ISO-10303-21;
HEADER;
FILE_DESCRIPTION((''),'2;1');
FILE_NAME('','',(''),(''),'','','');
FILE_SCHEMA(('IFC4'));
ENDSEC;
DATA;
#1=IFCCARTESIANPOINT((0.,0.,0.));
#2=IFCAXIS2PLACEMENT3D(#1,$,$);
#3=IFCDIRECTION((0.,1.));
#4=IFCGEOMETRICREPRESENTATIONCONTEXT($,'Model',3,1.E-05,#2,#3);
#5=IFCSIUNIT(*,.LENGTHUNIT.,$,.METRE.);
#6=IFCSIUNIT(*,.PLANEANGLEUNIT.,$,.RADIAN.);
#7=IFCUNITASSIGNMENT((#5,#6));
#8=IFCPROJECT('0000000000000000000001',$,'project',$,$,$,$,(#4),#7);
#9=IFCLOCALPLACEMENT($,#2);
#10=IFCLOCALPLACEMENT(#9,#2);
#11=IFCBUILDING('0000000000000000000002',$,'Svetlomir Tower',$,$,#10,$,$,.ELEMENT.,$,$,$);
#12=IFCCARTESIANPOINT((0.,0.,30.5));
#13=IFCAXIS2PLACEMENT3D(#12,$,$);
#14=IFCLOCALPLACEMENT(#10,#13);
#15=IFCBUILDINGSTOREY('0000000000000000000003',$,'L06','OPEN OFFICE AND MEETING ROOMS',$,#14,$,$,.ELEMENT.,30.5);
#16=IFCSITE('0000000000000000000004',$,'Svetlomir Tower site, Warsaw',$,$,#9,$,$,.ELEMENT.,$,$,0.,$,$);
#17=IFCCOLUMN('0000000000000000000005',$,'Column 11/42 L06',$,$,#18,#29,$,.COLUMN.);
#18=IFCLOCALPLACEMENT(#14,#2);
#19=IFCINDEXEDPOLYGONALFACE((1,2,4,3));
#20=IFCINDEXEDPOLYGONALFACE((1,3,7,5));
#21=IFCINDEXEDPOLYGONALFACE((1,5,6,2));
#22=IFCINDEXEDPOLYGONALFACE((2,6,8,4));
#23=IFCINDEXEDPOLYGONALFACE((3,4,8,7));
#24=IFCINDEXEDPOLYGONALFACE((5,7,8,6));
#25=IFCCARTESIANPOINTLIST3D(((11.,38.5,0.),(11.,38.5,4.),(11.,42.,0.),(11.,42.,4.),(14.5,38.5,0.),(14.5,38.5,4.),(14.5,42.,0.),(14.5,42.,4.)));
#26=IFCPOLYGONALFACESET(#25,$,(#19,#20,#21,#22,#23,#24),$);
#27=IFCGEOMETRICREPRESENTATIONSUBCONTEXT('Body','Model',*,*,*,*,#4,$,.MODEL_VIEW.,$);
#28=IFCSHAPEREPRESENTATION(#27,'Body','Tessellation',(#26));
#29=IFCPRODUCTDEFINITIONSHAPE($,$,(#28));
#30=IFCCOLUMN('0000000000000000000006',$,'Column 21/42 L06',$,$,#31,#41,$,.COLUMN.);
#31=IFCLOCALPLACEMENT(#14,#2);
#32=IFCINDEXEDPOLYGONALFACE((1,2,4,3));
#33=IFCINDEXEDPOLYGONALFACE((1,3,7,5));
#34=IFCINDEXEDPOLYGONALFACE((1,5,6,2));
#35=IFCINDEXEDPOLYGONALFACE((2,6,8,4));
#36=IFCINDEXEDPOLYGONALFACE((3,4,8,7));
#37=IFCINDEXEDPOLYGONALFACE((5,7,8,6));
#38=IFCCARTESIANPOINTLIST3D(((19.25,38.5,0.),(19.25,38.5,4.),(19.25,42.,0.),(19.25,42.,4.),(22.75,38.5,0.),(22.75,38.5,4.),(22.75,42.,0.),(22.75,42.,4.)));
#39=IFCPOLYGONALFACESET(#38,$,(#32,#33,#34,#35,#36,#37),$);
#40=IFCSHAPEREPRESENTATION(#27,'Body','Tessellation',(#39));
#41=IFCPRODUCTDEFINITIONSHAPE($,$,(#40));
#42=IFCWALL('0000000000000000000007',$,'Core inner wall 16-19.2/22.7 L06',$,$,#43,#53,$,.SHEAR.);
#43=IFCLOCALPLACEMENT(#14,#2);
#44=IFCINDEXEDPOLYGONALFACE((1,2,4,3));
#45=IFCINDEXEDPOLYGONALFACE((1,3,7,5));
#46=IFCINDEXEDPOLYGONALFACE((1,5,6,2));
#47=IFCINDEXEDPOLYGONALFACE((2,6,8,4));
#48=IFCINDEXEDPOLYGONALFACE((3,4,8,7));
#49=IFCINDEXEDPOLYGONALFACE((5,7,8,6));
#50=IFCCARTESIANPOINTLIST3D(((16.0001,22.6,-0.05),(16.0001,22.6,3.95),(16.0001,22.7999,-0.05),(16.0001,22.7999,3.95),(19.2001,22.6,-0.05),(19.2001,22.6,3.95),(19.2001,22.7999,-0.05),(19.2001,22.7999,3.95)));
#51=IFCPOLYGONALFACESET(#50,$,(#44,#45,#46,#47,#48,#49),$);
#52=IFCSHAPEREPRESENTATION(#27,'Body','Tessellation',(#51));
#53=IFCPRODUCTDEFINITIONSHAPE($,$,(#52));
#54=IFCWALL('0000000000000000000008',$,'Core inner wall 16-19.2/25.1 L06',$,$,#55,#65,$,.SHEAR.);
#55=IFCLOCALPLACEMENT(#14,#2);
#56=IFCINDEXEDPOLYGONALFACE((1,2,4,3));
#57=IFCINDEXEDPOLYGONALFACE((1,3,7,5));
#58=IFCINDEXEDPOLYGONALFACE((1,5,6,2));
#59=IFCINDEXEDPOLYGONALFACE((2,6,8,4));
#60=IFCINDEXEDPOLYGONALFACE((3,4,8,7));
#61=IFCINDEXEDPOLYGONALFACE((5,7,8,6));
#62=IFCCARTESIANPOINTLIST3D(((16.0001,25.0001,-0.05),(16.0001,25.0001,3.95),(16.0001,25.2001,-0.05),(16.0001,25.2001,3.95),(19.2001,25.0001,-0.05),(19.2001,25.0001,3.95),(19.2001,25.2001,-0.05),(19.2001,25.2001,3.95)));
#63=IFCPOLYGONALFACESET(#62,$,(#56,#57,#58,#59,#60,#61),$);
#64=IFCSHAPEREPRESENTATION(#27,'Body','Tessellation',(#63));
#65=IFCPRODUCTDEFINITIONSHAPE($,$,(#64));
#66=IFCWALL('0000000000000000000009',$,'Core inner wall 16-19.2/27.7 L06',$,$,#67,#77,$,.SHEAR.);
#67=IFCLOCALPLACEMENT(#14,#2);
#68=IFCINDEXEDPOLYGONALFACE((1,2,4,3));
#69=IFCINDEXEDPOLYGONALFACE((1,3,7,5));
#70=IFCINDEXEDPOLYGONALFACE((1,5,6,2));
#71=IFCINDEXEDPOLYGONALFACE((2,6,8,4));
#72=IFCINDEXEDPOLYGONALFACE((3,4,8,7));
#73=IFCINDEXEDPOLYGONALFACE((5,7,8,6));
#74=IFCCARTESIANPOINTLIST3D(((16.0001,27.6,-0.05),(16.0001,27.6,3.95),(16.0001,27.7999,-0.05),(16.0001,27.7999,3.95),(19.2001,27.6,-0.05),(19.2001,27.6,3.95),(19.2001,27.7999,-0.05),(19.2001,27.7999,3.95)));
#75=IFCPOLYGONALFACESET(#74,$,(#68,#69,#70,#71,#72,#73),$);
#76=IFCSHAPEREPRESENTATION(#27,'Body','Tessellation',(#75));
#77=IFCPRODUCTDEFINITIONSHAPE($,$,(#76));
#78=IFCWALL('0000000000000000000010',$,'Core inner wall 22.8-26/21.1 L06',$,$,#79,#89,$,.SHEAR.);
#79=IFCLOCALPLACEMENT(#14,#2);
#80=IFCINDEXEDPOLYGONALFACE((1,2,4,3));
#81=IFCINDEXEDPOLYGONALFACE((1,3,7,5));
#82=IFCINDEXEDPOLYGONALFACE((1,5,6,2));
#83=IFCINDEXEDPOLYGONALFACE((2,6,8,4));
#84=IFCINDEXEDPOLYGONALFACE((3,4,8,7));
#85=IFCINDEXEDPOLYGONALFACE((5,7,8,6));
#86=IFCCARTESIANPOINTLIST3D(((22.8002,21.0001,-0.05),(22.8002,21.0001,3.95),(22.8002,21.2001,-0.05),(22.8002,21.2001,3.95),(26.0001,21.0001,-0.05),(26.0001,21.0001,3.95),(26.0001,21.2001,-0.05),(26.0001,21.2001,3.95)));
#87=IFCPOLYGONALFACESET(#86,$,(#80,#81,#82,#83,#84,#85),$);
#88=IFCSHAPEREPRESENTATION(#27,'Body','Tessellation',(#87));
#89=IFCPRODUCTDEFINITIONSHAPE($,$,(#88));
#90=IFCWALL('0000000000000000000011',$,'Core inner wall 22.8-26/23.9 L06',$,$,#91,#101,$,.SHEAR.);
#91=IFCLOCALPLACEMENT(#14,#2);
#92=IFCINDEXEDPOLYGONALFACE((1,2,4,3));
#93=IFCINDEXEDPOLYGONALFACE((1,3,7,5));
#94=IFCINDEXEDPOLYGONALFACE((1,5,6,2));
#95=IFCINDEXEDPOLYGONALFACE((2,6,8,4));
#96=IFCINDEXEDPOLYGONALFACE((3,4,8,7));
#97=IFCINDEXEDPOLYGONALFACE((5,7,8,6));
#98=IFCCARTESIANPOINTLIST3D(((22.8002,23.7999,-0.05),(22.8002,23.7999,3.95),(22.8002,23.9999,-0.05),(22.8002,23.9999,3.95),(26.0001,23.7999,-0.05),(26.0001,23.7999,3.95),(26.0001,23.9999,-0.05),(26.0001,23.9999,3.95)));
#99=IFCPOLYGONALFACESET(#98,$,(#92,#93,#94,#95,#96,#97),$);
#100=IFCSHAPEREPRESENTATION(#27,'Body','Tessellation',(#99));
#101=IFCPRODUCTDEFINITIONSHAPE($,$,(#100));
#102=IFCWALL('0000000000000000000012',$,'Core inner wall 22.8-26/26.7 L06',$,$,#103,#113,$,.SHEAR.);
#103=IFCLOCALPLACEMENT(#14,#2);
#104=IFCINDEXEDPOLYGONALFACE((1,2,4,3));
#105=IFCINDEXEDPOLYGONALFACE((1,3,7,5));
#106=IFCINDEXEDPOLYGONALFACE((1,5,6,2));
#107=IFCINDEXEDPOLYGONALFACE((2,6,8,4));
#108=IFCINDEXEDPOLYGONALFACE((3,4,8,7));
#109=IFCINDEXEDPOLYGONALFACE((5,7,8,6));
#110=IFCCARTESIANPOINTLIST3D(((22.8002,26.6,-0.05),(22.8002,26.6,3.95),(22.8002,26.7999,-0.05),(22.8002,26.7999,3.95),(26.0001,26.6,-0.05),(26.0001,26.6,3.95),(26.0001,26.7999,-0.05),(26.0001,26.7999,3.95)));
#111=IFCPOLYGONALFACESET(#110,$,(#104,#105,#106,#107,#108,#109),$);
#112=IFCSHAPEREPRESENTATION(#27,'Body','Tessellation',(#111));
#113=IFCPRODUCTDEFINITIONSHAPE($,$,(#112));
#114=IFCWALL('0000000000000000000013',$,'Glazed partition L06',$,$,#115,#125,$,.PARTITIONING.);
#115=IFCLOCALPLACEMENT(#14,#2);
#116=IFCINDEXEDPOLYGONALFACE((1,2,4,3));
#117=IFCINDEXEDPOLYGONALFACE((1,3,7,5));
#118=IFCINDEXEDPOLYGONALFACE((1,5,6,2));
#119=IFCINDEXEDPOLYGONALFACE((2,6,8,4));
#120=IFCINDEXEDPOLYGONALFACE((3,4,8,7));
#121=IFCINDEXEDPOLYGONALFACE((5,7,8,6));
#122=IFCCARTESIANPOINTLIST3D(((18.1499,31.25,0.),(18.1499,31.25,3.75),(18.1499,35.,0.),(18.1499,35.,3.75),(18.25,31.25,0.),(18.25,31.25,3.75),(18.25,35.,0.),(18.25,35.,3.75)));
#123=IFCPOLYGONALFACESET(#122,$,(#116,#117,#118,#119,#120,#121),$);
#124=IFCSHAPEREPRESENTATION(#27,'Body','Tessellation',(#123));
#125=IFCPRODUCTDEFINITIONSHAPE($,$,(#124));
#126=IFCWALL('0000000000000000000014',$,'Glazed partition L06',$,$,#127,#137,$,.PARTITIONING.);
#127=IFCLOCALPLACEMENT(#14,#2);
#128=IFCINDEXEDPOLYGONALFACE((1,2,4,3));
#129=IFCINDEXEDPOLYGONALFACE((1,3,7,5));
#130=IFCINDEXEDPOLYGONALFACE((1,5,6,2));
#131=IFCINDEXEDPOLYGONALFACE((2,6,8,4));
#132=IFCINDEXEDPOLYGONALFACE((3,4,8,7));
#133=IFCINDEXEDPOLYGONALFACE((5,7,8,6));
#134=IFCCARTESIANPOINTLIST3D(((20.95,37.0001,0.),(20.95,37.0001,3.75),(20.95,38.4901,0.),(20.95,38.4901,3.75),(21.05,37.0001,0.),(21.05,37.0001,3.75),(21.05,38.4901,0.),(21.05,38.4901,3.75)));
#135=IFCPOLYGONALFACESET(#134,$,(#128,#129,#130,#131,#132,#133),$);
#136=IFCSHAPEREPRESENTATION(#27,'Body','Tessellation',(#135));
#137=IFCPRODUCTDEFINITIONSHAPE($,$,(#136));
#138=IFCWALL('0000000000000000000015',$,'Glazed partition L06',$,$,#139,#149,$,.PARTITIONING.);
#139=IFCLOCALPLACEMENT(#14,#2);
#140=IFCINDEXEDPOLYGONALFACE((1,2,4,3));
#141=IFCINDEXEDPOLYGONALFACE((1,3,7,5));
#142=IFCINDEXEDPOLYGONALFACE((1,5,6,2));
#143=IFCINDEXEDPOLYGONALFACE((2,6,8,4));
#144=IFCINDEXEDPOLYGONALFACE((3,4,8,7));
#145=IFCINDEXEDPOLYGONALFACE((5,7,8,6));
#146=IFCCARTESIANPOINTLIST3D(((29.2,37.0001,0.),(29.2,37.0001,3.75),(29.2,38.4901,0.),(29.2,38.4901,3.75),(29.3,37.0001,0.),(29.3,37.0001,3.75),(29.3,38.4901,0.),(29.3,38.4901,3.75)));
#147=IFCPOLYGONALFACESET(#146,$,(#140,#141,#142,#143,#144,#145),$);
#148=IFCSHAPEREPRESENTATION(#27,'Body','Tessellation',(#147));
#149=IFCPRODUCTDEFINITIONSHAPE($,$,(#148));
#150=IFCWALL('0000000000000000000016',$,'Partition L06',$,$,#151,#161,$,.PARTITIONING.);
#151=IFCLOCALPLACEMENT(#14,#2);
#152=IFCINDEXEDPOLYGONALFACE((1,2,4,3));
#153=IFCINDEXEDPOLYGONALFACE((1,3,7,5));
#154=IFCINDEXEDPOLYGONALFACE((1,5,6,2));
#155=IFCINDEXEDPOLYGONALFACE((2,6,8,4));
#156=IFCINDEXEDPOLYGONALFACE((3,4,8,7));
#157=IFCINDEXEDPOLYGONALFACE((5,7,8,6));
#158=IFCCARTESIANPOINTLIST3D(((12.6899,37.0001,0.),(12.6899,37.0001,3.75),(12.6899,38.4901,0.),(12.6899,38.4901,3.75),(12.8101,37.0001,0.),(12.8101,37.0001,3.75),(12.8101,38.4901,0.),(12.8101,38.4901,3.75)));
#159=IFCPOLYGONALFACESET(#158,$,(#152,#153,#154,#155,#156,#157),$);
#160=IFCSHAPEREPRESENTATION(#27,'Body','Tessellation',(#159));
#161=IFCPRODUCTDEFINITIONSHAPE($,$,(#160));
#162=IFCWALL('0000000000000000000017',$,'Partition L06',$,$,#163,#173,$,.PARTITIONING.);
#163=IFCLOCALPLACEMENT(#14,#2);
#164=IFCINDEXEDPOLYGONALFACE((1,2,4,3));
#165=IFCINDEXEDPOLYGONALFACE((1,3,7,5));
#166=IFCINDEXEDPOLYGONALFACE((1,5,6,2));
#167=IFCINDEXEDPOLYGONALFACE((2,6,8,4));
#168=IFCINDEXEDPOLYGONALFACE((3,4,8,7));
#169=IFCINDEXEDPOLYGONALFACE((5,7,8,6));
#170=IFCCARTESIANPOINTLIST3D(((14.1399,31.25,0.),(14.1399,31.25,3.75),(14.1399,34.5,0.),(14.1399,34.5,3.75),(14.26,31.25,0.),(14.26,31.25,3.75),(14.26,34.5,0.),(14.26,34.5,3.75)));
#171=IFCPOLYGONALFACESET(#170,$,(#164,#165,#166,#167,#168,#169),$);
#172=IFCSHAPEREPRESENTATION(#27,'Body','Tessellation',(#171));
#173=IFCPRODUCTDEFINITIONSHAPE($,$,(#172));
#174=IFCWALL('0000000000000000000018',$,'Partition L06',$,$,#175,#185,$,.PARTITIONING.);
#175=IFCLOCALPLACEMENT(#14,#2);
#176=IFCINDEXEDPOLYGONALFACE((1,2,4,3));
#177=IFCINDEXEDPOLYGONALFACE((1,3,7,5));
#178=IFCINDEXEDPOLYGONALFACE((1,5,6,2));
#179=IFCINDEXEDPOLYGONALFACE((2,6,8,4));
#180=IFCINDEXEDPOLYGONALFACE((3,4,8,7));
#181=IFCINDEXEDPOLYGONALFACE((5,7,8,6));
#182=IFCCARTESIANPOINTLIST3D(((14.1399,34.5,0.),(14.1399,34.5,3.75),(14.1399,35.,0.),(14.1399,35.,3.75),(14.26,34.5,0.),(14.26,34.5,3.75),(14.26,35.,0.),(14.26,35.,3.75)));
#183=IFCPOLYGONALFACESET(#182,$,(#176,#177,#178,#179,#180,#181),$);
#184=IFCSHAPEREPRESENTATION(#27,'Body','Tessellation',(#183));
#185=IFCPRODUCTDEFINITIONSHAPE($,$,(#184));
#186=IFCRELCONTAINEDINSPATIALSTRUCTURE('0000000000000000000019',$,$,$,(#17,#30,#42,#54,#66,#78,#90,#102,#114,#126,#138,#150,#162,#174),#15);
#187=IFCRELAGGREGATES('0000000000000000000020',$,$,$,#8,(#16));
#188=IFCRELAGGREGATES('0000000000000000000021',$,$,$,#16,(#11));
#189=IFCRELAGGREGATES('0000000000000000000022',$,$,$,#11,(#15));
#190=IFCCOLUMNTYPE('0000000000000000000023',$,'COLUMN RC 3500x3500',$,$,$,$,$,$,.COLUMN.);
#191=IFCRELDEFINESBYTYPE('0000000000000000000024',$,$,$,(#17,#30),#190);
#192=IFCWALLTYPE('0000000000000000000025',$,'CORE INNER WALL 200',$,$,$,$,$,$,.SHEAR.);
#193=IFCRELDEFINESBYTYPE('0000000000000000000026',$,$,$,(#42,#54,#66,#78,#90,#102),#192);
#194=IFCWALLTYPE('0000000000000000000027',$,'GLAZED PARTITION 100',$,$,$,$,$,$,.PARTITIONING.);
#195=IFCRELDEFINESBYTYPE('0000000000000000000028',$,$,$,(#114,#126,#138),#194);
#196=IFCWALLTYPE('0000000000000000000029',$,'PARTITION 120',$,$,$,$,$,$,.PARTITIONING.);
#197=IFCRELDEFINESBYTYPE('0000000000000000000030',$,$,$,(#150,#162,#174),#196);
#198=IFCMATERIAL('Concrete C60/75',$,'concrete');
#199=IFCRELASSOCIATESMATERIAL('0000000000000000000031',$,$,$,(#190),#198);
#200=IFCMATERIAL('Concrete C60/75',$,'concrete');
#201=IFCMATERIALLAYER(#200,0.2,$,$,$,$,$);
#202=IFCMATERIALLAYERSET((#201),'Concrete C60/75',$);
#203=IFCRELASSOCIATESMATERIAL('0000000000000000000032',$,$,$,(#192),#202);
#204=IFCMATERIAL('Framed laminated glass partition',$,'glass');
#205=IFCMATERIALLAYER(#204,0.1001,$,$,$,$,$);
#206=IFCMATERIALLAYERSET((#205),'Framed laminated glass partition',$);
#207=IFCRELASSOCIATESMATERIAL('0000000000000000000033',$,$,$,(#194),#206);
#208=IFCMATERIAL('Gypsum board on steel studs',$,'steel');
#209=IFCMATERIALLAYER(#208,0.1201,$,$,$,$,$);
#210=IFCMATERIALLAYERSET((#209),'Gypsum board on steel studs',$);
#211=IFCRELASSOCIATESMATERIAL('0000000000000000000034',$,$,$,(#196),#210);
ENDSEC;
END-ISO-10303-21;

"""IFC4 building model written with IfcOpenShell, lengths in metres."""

from ifc_helpers import new_model, si_unit, direction, frame, frame_2d, origin, origin_2d, place, context, subcontext, project, spatial, rectangle, extrude, material, layer, layer_set, material_profile, profile_set, type_object, element, save


model = new_model("IFC4")

# Units and contexts
model_context = context("Model", 3, precision=1e-05, world=origin(), true_north=direction((0.0, 1.0)))
body_context = subcontext(model_context, "Body", "Model", "MODEL_VIEW")
ifc_project = project(units=[si_unit("LENGTHUNIT", "METRE"), si_unit("PLANEANGLEUNIT", "RADIAN")], contexts=[model_context])

# Site, building, storey
site_placement = place(None, origin())
site = spatial("IfcSite", under=ifc_project, at=site_placement, Name="Svetlomir Tower site, Warsaw", CompositionType="ELEMENT", RefElevation=0.0)
building_placement = place(site_placement, origin())
building = spatial("IfcBuilding", under=site, at=building_placement, Name="Svetlomir Tower", CompositionType="ELEMENT")
storey_placement = place(building_placement, frame((0.0, 0.0, 30.5)))
storey = spatial("IfcBuildingStorey", under=building, at=storey_placement, Name="L06", Description="OPEN OFFICE AND MEETING ROOMS", CompositionType="ELEMENT", Elevation=30.5)

# Columns
ifc_material_1 = material(Name="Concrete C60/75", Category="concrete")
ifc_material_profile = material_profile(ifc_material_1, rectangle(XDim=3.5, YDim=3.5, at=origin_2d()), Name="RC 3500x3500")
ifc_profile_set = profile_set([ifc_material_profile], Name="Concrete C60/75")
column_type = type_object("IfcColumnType", Name="COLUMN RC 3500x3500", PredefinedType="COLUMN", material=ifc_profile_set)
for number, where, z_axis, x_axis, name in (
    (1, (12.75, 40.25, 0.0), (0.0, 0.0, 1.0), (1.0, 0.0, 0.0), "Column 11/42 L06"),
    (2, (21.0, 40.25, 0.0), (0.0, 0.0, 1.0), (1.0, 0.0, 0.0), "Column 21/42 L06"),
):
    element("IfcColumn", number, at=place(storey_placement, frame(where, z_axis=z_axis, x_axis=x_axis)), inside=storey, type_object=column_type, Name=name, PredefinedType="COLUMN", context=body_context, shape_type="SweptSolid", body=[
        extrude(rectangle(XDim=3.5, YDim=3.5, at=origin_2d()), origin(), (0.0, 0.0, 1.0), 4.0),
    ])

# Walls
ifc_material_2 = material(Name="Concrete C60/75", Category="concrete")
ifc_layer_1 = layer(ifc_material_2, 0.2)
ifc_layer_set_1 = layer_set([ifc_layer_1], Name="Concrete C60/75")
wall_type_1 = type_object("IfcWallType", Name="CORE INNER WALL 200", PredefinedType="SHEAR", material=ifc_layer_set_1)
for number, where, z_axis, x_axis, name in (
    (3, (16.0, 22.7, -0.05), (0.0, 0.0, 1.0), (1.0, 0.0, 0.0), "Core inner wall 16-19.2/22.7 L06"),
    (4, (16.0, 25.1001, -0.05), (0.0, 0.0, 1.0), (1.0, 0.0, 0.0), "Core inner wall 16-19.2/25.1 L06"),
    (5, (16.0, 27.7, -0.05), (0.0, 0.0, 1.0), (1.0, 0.0, 0.0), "Core inner wall 16-19.2/27.7 L06"),
    (6, (22.8, 21.1001, -0.05), (0.0, 0.0, 1.0), (1.0, 0.0, 0.0), "Core inner wall 22.8-26/21.1 L06"),
    (7, (22.8, 23.8999, -0.05), (0.0, 0.0, 1.0), (1.0, 0.0, 0.0), "Core inner wall 22.8-26/23.9 L06"),
    (8, (22.8, 26.7, -0.05), (0.0, 0.0, 1.0), (1.0, 0.0, 0.0), "Core inner wall 22.8-26/26.7 L06"),
):
    element("IfcWall", number, at=place(storey_placement, frame(where, z_axis=z_axis, x_axis=x_axis)), inside=storey, type_object=wall_type_1, Name=name, PredefinedType="SHEAR", context=body_context, shape_type="SweptSolid", body=[
        extrude(rectangle(XDim=3.2, YDim=0.2, at=frame_2d((1.6001, 0.0))), origin(), (0.0, 0.0, 1.0), 4.0),
    ])
ifc_material_3 = material(Name="Framed laminated glass partition", Category="glass")
ifc_layer_2 = layer(ifc_material_3, 0.1001)
ifc_layer_set_2 = layer_set([ifc_layer_2], Name="Framed laminated glass partition")
wall_type_2 = type_object("IfcWallType", Name="GLAZED PARTITION 100", PredefinedType="PARTITIONING", material=ifc_layer_set_2)
wall_1_placement = place(storey_placement, frame((18.2, 31.25, 0.0), z_axis=(0.0, 0.0, 1.0), x_axis=(0.0, 1.0, 0.0)))
element("IfcWall", 9, at=wall_1_placement, inside=storey, type_object=wall_type_2, Name="Glazed partition L06", PredefinedType="PARTITIONING", context=body_context, shape_type="SweptSolid", body=[
    extrude(rectangle(XDim=3.75, YDim=0.1001, at=frame_2d((1.875, 0.0))), origin(), (0.0, 0.0, 1.0), 3.75),
])
for number, where, z_axis, x_axis, name in (
    (10, (21.0, 37.0, 0.0), (0.0, 0.0, 1.0), (0.0, 1.0, 0.0), "Glazed partition L06"),
    (11, (29.25, 37.0, 0.0), (0.0, 0.0, 1.0), (0.0, 1.0, 0.0), "Glazed partition L06"),
):
    element("IfcWall", number, at=place(storey_placement, frame(where, z_axis=z_axis, x_axis=x_axis)), inside=storey, type_object=wall_type_2, Name=name, PredefinedType="PARTITIONING", context=body_context, shape_type="SweptSolid", body=[
        extrude(rectangle(XDim=1.49, YDim=0.1001, at=frame_2d((0.7451, 0.0))), origin(), (0.0, 0.0, 1.0), 3.75),
    ])
ifc_material_4 = material(Name="Gypsum board on steel studs", Category="steel")
ifc_layer_3 = layer(ifc_material_4, 0.1201)
ifc_layer_set_3 = layer_set([ifc_layer_3], Name="Gypsum board on steel studs")
wall_type_3 = type_object("IfcWallType", Name="PARTITION 120", PredefinedType="PARTITIONING", material=ifc_layer_set_3)
wall_2_placement = place(storey_placement, frame((12.75, 37.0, 0.0), z_axis=(0.0, 0.0, 1.0), x_axis=(0.0, 1.0, 0.0)))
element("IfcWall", 12, at=wall_2_placement, inside=storey, type_object=wall_type_3, Name="Partition L06", PredefinedType="PARTITIONING", context=body_context, shape_type="SweptSolid", body=[
    extrude(rectangle(XDim=1.49, YDim=0.1201, at=frame_2d((0.7451, 0.0))), origin(), (0.0, 0.0, 1.0), 3.75),
])
wall_3_placement = place(storey_placement, frame((14.2, 31.25, 0.0), z_axis=(0.0, 0.0, 1.0), x_axis=(0.0, 1.0, 0.0)))
element("IfcWall", 13, at=wall_3_placement, inside=storey, type_object=wall_type_3, Name="Partition L06", PredefinedType="PARTITIONING", context=body_context, shape_type="SweptSolid", body=[
    extrude(rectangle(XDim=3.25, YDim=0.1201, at=frame_2d((1.625, 0.0))), origin(), (0.0, 0.0, 1.0), 3.75),
])
wall_4_placement = place(storey_placement, frame((14.2, 34.5, 0.0), z_axis=(0.0, 0.0, 1.0), x_axis=(0.0, 1.0, 0.0)))
element("IfcWall", 14, at=wall_4_placement, inside=storey, type_object=wall_type_3, Name="Partition L06", PredefinedType="PARTITIONING", context=body_context, shape_type="SweptSolid", body=[
    extrude(rectangle(XDim=0.5, YDim=0.1201, at=frame_2d((0.25, 0.0))), origin(), (0.0, 0.0, 1.0), 3.75),
])

save(model, "model.ifc")
